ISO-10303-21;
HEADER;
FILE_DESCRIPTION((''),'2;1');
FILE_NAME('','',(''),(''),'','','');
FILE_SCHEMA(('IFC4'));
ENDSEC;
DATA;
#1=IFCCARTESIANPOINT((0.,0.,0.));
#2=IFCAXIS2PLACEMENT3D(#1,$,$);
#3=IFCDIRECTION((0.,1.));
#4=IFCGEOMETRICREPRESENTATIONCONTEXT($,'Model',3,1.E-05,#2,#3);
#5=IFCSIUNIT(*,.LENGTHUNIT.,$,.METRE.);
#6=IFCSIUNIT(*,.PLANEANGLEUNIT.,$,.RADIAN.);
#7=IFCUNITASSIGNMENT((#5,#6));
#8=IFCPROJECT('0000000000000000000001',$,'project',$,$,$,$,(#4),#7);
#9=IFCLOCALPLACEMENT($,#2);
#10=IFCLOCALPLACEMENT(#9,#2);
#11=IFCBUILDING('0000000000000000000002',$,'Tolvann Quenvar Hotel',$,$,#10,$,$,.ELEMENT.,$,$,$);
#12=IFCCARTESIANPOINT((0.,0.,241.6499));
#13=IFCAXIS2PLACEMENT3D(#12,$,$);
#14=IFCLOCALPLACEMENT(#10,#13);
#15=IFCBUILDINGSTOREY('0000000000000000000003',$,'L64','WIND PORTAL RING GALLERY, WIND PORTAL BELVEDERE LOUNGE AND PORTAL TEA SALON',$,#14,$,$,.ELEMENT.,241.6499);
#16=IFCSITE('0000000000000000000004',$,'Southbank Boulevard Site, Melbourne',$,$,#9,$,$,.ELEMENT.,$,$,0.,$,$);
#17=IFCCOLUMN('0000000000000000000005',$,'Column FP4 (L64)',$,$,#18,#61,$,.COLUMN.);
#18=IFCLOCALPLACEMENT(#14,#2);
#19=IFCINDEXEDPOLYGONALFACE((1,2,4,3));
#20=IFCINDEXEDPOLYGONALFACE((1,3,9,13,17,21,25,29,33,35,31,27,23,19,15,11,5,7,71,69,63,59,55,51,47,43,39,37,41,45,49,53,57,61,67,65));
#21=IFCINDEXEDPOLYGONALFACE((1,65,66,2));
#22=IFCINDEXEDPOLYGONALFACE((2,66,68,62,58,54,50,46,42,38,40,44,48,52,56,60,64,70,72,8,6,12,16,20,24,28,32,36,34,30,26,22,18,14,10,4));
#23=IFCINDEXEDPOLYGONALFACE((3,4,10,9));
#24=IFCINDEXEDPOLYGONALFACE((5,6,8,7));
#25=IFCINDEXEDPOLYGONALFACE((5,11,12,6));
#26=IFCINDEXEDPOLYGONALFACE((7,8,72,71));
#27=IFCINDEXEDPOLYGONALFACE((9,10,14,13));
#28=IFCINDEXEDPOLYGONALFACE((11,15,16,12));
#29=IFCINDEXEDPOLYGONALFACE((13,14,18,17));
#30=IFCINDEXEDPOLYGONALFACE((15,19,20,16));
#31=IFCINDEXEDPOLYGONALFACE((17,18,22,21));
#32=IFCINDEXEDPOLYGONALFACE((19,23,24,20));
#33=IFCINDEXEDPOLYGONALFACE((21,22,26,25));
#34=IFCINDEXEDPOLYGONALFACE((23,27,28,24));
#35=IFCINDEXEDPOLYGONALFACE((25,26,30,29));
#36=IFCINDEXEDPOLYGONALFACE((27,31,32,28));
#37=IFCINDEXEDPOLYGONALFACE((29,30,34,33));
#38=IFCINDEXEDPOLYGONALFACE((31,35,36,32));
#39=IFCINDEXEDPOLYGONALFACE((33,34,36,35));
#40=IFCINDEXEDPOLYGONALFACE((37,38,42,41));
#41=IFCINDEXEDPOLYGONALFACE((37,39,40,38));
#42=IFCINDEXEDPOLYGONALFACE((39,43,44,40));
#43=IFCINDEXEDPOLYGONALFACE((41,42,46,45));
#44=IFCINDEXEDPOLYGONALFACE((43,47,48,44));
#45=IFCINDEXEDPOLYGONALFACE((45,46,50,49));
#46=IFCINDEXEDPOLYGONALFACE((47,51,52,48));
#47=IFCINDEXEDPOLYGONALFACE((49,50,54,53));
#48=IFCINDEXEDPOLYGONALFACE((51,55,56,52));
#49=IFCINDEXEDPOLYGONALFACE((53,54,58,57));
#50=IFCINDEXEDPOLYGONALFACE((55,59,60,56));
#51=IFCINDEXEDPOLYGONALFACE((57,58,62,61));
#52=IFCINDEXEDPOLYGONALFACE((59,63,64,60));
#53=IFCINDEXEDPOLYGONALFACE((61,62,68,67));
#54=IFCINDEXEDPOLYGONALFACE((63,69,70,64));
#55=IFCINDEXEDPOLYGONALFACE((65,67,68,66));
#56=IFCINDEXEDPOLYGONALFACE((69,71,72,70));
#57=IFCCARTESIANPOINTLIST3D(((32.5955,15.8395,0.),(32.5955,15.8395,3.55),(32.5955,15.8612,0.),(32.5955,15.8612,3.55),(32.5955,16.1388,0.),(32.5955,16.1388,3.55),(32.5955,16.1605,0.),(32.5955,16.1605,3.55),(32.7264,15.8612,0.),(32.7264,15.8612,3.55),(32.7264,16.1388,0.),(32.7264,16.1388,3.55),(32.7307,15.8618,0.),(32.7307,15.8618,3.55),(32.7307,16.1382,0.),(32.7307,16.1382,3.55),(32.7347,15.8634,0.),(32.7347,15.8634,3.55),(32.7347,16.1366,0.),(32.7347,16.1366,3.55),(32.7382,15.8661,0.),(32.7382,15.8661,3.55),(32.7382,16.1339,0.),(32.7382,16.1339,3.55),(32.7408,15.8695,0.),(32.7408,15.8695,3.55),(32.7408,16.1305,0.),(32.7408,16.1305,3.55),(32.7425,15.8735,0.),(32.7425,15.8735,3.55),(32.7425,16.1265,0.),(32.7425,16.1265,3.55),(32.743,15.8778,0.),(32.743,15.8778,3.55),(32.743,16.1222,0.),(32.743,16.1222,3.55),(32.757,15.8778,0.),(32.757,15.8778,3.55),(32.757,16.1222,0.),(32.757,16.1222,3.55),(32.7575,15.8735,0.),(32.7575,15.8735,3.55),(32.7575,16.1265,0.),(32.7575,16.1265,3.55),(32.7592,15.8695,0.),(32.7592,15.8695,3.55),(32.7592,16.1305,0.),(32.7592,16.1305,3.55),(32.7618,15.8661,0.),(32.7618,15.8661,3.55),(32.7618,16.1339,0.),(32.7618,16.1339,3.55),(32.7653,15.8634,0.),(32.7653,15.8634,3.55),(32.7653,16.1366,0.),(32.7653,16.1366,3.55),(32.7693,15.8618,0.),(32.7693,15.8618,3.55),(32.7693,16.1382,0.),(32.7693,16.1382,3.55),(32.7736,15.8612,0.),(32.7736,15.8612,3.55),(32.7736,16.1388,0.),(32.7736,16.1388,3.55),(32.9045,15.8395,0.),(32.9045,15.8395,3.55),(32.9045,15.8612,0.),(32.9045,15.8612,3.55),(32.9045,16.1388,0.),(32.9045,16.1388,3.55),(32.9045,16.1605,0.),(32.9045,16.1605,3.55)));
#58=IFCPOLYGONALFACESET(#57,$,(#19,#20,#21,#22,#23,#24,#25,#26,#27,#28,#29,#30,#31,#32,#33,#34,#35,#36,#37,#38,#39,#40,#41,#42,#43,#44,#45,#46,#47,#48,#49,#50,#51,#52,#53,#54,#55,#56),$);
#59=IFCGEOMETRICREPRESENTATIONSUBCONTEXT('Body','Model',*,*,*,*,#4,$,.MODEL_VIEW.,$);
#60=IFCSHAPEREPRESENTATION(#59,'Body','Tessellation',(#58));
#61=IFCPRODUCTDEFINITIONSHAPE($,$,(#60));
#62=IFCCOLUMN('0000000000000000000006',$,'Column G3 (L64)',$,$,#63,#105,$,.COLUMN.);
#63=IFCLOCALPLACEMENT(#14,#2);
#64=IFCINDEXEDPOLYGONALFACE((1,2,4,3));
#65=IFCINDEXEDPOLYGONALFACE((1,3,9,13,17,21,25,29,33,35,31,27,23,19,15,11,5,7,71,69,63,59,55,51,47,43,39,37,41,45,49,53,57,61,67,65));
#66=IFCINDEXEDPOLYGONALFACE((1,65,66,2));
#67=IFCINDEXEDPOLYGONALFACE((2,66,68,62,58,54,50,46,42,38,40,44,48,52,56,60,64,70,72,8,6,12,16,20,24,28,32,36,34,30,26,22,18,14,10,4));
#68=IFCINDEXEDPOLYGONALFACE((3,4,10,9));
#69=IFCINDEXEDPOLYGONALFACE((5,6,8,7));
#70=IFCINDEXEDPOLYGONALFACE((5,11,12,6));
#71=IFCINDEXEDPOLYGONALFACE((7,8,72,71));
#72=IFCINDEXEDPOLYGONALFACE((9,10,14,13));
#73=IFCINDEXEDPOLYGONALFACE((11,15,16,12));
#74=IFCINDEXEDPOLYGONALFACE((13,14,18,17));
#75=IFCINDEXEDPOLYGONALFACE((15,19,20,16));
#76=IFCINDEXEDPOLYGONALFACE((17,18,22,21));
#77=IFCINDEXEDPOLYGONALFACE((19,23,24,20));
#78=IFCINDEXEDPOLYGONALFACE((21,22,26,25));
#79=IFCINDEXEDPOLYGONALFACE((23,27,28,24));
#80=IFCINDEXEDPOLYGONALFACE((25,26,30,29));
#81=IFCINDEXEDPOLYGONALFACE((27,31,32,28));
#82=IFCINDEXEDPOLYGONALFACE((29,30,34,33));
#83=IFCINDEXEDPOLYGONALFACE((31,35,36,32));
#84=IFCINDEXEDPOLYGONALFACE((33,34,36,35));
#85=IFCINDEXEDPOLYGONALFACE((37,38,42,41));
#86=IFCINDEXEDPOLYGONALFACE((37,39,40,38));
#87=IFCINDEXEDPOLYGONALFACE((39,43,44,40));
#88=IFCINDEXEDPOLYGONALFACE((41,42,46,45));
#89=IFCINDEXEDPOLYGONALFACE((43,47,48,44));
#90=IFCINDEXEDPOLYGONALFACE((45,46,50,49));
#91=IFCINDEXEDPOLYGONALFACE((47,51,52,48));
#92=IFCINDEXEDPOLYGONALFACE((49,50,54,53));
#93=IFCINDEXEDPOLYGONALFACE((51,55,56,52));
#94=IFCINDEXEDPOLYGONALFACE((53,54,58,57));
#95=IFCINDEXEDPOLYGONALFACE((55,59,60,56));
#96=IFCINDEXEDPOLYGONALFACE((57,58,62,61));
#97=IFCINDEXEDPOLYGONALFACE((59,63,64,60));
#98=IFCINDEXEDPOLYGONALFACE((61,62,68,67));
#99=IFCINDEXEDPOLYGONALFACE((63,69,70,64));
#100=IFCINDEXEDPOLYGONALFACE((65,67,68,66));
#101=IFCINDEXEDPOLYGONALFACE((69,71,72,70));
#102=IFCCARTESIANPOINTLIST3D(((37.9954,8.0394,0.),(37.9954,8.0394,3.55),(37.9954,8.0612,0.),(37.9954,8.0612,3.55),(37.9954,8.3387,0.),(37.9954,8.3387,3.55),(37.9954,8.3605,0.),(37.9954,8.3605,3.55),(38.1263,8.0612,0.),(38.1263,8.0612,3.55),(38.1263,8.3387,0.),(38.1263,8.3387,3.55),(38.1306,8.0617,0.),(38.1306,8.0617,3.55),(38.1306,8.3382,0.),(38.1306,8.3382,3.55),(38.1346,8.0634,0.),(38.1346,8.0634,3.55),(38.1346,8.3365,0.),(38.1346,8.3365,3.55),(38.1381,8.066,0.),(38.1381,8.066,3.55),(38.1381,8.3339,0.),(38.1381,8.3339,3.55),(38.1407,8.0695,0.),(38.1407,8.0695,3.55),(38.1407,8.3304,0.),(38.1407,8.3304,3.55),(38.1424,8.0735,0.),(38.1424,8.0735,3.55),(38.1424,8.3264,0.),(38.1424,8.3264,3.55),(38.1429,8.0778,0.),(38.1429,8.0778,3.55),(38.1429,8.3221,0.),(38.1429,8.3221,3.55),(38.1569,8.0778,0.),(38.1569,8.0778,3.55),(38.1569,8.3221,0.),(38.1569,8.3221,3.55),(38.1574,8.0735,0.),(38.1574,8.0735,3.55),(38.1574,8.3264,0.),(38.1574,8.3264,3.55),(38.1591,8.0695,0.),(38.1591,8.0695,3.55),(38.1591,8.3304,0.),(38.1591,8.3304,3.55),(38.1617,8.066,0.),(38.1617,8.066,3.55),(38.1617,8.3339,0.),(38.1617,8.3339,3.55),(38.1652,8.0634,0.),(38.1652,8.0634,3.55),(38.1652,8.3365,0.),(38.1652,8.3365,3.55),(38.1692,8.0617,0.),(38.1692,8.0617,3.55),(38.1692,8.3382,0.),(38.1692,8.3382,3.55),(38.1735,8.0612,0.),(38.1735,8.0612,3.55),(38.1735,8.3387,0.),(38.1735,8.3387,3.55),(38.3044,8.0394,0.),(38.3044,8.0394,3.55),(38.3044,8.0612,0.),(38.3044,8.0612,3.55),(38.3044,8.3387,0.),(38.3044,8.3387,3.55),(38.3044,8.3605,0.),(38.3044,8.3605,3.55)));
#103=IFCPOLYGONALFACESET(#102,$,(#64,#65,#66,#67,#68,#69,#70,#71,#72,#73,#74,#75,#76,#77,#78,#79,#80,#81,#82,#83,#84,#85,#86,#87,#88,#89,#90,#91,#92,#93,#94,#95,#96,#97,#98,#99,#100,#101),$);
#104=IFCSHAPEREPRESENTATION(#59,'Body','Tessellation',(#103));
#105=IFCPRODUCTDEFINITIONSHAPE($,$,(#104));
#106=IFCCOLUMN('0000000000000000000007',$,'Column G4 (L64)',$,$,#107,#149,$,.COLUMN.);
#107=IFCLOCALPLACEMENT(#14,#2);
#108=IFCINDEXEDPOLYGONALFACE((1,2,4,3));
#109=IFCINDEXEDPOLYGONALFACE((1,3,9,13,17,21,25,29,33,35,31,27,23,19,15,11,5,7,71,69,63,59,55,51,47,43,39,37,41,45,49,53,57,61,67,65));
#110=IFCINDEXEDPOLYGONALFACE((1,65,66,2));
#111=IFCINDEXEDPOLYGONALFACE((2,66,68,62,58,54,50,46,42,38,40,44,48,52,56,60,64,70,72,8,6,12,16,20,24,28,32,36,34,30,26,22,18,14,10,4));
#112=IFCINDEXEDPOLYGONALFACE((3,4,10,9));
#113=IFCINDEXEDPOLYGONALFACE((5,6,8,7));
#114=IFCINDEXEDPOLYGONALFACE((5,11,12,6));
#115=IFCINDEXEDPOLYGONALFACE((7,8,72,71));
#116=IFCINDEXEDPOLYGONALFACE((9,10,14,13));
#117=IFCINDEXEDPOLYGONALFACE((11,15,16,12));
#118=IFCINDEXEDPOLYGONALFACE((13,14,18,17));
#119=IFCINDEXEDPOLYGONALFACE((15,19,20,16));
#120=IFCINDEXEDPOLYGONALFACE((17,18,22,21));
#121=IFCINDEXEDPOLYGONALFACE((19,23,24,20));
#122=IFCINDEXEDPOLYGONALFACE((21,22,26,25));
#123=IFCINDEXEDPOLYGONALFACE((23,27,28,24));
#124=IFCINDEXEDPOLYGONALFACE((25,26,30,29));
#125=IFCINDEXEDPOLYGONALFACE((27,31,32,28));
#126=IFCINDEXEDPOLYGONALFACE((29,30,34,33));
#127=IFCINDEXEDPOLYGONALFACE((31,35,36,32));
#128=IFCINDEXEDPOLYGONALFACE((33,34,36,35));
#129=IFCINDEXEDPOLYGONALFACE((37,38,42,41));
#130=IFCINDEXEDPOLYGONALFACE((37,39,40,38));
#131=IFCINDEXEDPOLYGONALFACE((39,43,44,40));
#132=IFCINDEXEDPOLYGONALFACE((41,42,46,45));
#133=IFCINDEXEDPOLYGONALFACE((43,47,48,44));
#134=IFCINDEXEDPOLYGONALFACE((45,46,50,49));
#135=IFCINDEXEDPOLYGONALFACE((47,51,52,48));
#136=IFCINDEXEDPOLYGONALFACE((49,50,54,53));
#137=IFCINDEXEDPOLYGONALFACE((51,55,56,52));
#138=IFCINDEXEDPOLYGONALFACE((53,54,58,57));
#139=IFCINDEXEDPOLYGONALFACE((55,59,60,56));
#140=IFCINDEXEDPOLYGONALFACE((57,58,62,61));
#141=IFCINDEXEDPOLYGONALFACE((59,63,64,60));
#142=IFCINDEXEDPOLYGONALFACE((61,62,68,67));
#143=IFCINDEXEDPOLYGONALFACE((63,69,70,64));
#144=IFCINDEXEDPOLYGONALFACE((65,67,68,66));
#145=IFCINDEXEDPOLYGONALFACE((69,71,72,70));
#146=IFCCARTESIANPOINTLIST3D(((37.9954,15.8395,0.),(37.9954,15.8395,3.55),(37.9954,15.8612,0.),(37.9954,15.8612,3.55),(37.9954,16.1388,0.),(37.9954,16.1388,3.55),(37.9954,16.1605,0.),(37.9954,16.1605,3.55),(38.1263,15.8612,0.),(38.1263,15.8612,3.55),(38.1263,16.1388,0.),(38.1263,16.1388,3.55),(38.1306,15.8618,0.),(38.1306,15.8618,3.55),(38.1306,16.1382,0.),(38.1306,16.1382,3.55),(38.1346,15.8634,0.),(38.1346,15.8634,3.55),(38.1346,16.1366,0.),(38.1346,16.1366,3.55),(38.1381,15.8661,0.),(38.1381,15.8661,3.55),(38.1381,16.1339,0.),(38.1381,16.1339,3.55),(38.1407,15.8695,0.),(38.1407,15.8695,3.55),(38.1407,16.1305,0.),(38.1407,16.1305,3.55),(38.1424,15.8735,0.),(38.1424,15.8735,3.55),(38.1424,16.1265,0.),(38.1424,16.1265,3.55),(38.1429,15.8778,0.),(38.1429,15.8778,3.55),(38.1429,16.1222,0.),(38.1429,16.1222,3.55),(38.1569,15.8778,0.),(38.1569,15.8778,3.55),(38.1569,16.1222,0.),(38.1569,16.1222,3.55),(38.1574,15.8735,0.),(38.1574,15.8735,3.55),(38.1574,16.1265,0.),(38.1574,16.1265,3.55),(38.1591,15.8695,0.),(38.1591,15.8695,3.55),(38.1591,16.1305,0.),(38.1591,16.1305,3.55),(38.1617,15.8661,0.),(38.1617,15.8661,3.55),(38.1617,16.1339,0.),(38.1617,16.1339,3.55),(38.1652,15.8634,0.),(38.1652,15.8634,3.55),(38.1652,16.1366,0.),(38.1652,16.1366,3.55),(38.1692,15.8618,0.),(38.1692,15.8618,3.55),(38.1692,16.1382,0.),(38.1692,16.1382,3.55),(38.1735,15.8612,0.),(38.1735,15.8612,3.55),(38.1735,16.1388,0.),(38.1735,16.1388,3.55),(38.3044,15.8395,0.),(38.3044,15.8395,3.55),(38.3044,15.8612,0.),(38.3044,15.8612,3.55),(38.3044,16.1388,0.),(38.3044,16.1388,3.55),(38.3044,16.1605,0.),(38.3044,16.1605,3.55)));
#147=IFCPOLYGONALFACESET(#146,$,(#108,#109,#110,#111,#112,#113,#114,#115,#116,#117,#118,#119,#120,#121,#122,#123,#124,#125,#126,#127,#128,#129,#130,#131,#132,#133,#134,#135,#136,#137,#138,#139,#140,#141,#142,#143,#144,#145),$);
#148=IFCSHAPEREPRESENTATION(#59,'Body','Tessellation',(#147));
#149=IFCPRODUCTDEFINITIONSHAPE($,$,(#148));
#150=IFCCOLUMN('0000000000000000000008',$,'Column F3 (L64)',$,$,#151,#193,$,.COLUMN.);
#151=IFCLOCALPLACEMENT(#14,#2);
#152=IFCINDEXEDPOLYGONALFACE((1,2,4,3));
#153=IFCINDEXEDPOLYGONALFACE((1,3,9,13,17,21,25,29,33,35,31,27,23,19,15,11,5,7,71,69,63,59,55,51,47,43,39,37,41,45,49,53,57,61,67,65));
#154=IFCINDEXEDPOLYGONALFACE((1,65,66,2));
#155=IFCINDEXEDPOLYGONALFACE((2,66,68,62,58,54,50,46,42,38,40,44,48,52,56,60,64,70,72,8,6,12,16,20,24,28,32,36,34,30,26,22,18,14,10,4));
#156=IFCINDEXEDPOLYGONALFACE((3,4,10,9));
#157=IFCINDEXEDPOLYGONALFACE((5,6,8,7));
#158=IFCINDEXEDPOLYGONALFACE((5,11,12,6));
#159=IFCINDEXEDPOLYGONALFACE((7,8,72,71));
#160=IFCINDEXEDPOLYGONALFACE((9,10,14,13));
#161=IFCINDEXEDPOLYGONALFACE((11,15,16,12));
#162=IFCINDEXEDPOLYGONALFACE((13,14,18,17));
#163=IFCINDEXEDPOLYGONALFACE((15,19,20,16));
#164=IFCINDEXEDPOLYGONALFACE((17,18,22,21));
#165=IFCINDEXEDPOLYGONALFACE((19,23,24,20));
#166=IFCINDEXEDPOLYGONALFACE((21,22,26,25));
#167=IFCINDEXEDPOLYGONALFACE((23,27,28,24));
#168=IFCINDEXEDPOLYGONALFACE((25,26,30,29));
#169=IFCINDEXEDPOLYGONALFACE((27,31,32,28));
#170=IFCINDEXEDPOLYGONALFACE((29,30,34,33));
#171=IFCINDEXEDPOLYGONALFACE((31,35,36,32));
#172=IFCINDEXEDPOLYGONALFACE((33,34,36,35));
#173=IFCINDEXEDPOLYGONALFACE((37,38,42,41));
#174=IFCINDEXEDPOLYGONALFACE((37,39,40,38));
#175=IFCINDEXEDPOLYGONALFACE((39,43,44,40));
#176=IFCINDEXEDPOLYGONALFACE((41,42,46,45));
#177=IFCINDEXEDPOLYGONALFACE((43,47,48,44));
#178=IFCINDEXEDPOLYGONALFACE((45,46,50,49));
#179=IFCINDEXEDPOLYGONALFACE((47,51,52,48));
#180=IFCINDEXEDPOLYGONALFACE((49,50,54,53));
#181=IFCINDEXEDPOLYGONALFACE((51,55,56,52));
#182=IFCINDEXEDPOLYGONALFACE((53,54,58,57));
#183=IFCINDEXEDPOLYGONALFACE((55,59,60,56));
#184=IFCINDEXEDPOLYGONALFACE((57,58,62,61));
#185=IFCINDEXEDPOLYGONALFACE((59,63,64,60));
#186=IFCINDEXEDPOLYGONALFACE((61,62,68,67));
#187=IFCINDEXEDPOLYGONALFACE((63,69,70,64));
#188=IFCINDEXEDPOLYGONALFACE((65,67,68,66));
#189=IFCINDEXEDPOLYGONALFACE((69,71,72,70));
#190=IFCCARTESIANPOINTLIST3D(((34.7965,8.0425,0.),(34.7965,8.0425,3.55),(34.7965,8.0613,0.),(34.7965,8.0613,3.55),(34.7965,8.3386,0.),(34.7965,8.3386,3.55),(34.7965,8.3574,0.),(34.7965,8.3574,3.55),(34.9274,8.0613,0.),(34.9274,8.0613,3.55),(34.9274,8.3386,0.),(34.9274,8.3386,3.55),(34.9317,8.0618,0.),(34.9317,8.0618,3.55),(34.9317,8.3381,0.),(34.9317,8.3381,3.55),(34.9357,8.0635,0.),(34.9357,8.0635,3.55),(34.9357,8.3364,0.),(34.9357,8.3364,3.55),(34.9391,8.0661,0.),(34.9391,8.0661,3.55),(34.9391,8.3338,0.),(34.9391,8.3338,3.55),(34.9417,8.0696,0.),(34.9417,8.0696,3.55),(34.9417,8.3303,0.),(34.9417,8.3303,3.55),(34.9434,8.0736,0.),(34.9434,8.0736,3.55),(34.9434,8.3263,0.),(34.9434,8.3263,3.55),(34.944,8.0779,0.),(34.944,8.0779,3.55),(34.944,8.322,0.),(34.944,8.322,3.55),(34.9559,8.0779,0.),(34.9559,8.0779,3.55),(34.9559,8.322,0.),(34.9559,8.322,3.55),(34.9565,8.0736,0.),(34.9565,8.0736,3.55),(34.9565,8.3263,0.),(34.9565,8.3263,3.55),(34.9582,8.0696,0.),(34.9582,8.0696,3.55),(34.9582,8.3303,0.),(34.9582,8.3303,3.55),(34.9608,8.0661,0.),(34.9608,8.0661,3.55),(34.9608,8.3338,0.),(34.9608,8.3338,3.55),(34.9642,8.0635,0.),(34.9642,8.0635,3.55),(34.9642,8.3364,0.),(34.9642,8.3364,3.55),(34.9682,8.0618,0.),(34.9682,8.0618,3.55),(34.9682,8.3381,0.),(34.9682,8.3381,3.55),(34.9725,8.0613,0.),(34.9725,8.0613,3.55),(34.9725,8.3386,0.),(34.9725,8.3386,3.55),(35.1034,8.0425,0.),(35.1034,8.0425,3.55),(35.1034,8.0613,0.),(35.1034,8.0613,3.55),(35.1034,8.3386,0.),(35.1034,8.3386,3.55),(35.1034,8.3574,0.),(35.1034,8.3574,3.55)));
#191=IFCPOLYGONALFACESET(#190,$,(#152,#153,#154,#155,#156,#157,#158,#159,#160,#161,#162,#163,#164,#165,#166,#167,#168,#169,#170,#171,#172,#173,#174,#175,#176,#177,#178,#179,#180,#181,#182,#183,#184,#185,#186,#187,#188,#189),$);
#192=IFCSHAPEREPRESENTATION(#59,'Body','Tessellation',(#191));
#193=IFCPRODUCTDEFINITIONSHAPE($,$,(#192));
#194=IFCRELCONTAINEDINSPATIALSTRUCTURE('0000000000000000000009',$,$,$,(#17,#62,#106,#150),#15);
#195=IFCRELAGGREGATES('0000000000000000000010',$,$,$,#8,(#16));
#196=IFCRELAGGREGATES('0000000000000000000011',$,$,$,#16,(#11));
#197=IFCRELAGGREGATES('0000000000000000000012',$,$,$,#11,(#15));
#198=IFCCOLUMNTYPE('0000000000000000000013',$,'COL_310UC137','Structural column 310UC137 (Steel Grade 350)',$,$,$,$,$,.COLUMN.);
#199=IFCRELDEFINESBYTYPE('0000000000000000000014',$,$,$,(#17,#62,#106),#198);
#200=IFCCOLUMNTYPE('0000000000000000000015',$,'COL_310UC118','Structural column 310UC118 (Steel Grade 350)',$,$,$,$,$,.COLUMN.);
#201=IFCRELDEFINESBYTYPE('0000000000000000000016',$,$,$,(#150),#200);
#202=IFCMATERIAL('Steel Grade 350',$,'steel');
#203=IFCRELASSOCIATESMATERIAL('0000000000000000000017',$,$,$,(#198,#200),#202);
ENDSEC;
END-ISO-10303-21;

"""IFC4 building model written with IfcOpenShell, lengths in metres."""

from ifc_helpers import new_model, si_unit, direction, frame, origin, origin_2d, place, context, subcontext, project, spatial, i_section, extrude, source, transform, mapped, material, material_profile, profile_set, type_object, type_shapes, element, save


model = new_model("IFC4")

# Units and contexts
model_context = context("Model", 3, precision=1e-05, world=origin(), true_north=direction((0.0, 1.0)))
body_context = subcontext(model_context, "Body", "Model", "MODEL_VIEW")
ifc_project = project(units=[si_unit("LENGTHUNIT", "METRE"), si_unit("PLANEANGLEUNIT", "RADIAN")], contexts=[model_context])

# Site, building, storey
site_placement = place(None, origin())
site = spatial("IfcSite", under=ifc_project, at=site_placement, Name="Southbank Boulevard Site, Melbourne", CompositionType="ELEMENT", RefElevation=0.0)
building_placement = place(site_placement, origin())
building = spatial("IfcBuilding", under=site, at=building_placement, Name="Tolvann Quenvar Hotel", CompositionType="ELEMENT")
storey_placement = place(building_placement, frame((0.0, 0.0, 241.6499)))
storey = spatial("IfcBuildingStorey", under=building, at=storey_placement, Name="L64", Description="WIND PORTAL RING GALLERY, WIND PORTAL BELVEDERE LOUNGE AND PORTAL TEA SALON", CompositionType="ELEMENT", Elevation=241.6499)

# Columns
ifc_material_1 = material(Name="Steel Grade 350", Category="steel")
ifc_material_profile_1 = material_profile(ifc_material_1, i_section(OverallWidth=0.3091, OverallDepth=0.321, WebThickness=0.0139, FlangeThickness=0.0217, FilletRadius=0.0166, at=origin_2d()), Name="310UC137")
ifc_profile_set_1 = profile_set([ifc_material_profile_1], Name="Steel Grade 350")
column_type_1 = type_object("IfcColumnType", Name="COL_310UC137", Description="Structural column 310UC137 (Steel Grade 350)", PredefinedType="COLUMN", material=ifc_profile_set_1)
shared_shape_1 = source(origin(), body_context, "Body", "SweptSolid", [
    extrude(i_section(OverallWidth=0.3091, OverallDepth=0.321, WebThickness=0.0139, FlangeThickness=0.0217, FilletRadius=0.0166, at=origin_2d()), origin(), (0.0, 0.0, 1.0), 3.55),
])
type_shapes(column_type_1, [shared_shape_1])
for number, where, z_axis, x_axis, name in (
    (1, (32.75, 16.0, 0.0), (0.0, 0.0, 1.0), (1.0, 0.0, 0.0), "Column FP4 (L64)"),
    (2, (38.1499, 8.2, 0.0), (0.0, 0.0, 1.0), (1.0, 0.0, 0.0), "Column G3 (L64)"),
    (3, (38.1499, 16.0, 0.0), (0.0, 0.0, 1.0), (1.0, 0.0, 0.0), "Column G4 (L64)"),
):
    element("IfcColumn", number, at=place(storey_placement, frame(where, z_axis=z_axis, x_axis=x_axis)), inside=storey, type_object=column_type_1, Name=name, PredefinedType="COLUMN", context=body_context, shape_type="MappedRepresentation", body=[
        mapped(shared_shape_1, transform((0.0, 0.0, 0.0), x_axis=(1.0, 0.0, 0.0), y_axis=(0.0, 1.0, 0.0), z_axis=(0.0, 0.0, 1.0), scale=1.0)),
    ])
ifc_material_profile_2 = material_profile(ifc_material_1, i_section(OverallWidth=0.3069, OverallDepth=0.3149, WebThickness=0.012, FlangeThickness=0.0188, FilletRadius=0.0166, at=origin_2d()), Name="310UC118")
ifc_profile_set_2 = profile_set([ifc_material_profile_2], Name="Steel Grade 350")
column_type_2 = type_object("IfcColumnType", Name="COL_310UC118", Description="Structural column 310UC118 (Steel Grade 350)", PredefinedType="COLUMN", material=ifc_profile_set_2)
shared_shape_2 = source(origin(), body_context, "Body", "SweptSolid", [
    extrude(i_section(OverallWidth=0.3069, OverallDepth=0.3149, WebThickness=0.012, FlangeThickness=0.0188, FilletRadius=0.0166, at=origin_2d()), origin(), (0.0, 0.0, 1.0), 3.55),
])
type_shapes(column_type_2, [shared_shape_2])
for number, where, z_axis, x_axis, name in (
    (4, (34.95, 8.2, 0.0), (0.0, 0.0, 1.0), (1.0, 0.0, 0.0), "Column F3 (L64)"),
):
    element("IfcColumn", number, at=place(storey_placement, frame(where, z_axis=z_axis, x_axis=x_axis)), inside=storey, type_object=column_type_2, Name=name, PredefinedType="COLUMN", context=body_context, shape_type="MappedRepresentation", body=[
        mapped(shared_shape_2, transform((0.0, 0.0, 0.0), x_axis=(1.0, 0.0, 0.0), y_axis=(0.0, 1.0, 0.0), z_axis=(0.0, 0.0, 1.0), scale=1.0)),
    ])

save(model, "model.ifc")
